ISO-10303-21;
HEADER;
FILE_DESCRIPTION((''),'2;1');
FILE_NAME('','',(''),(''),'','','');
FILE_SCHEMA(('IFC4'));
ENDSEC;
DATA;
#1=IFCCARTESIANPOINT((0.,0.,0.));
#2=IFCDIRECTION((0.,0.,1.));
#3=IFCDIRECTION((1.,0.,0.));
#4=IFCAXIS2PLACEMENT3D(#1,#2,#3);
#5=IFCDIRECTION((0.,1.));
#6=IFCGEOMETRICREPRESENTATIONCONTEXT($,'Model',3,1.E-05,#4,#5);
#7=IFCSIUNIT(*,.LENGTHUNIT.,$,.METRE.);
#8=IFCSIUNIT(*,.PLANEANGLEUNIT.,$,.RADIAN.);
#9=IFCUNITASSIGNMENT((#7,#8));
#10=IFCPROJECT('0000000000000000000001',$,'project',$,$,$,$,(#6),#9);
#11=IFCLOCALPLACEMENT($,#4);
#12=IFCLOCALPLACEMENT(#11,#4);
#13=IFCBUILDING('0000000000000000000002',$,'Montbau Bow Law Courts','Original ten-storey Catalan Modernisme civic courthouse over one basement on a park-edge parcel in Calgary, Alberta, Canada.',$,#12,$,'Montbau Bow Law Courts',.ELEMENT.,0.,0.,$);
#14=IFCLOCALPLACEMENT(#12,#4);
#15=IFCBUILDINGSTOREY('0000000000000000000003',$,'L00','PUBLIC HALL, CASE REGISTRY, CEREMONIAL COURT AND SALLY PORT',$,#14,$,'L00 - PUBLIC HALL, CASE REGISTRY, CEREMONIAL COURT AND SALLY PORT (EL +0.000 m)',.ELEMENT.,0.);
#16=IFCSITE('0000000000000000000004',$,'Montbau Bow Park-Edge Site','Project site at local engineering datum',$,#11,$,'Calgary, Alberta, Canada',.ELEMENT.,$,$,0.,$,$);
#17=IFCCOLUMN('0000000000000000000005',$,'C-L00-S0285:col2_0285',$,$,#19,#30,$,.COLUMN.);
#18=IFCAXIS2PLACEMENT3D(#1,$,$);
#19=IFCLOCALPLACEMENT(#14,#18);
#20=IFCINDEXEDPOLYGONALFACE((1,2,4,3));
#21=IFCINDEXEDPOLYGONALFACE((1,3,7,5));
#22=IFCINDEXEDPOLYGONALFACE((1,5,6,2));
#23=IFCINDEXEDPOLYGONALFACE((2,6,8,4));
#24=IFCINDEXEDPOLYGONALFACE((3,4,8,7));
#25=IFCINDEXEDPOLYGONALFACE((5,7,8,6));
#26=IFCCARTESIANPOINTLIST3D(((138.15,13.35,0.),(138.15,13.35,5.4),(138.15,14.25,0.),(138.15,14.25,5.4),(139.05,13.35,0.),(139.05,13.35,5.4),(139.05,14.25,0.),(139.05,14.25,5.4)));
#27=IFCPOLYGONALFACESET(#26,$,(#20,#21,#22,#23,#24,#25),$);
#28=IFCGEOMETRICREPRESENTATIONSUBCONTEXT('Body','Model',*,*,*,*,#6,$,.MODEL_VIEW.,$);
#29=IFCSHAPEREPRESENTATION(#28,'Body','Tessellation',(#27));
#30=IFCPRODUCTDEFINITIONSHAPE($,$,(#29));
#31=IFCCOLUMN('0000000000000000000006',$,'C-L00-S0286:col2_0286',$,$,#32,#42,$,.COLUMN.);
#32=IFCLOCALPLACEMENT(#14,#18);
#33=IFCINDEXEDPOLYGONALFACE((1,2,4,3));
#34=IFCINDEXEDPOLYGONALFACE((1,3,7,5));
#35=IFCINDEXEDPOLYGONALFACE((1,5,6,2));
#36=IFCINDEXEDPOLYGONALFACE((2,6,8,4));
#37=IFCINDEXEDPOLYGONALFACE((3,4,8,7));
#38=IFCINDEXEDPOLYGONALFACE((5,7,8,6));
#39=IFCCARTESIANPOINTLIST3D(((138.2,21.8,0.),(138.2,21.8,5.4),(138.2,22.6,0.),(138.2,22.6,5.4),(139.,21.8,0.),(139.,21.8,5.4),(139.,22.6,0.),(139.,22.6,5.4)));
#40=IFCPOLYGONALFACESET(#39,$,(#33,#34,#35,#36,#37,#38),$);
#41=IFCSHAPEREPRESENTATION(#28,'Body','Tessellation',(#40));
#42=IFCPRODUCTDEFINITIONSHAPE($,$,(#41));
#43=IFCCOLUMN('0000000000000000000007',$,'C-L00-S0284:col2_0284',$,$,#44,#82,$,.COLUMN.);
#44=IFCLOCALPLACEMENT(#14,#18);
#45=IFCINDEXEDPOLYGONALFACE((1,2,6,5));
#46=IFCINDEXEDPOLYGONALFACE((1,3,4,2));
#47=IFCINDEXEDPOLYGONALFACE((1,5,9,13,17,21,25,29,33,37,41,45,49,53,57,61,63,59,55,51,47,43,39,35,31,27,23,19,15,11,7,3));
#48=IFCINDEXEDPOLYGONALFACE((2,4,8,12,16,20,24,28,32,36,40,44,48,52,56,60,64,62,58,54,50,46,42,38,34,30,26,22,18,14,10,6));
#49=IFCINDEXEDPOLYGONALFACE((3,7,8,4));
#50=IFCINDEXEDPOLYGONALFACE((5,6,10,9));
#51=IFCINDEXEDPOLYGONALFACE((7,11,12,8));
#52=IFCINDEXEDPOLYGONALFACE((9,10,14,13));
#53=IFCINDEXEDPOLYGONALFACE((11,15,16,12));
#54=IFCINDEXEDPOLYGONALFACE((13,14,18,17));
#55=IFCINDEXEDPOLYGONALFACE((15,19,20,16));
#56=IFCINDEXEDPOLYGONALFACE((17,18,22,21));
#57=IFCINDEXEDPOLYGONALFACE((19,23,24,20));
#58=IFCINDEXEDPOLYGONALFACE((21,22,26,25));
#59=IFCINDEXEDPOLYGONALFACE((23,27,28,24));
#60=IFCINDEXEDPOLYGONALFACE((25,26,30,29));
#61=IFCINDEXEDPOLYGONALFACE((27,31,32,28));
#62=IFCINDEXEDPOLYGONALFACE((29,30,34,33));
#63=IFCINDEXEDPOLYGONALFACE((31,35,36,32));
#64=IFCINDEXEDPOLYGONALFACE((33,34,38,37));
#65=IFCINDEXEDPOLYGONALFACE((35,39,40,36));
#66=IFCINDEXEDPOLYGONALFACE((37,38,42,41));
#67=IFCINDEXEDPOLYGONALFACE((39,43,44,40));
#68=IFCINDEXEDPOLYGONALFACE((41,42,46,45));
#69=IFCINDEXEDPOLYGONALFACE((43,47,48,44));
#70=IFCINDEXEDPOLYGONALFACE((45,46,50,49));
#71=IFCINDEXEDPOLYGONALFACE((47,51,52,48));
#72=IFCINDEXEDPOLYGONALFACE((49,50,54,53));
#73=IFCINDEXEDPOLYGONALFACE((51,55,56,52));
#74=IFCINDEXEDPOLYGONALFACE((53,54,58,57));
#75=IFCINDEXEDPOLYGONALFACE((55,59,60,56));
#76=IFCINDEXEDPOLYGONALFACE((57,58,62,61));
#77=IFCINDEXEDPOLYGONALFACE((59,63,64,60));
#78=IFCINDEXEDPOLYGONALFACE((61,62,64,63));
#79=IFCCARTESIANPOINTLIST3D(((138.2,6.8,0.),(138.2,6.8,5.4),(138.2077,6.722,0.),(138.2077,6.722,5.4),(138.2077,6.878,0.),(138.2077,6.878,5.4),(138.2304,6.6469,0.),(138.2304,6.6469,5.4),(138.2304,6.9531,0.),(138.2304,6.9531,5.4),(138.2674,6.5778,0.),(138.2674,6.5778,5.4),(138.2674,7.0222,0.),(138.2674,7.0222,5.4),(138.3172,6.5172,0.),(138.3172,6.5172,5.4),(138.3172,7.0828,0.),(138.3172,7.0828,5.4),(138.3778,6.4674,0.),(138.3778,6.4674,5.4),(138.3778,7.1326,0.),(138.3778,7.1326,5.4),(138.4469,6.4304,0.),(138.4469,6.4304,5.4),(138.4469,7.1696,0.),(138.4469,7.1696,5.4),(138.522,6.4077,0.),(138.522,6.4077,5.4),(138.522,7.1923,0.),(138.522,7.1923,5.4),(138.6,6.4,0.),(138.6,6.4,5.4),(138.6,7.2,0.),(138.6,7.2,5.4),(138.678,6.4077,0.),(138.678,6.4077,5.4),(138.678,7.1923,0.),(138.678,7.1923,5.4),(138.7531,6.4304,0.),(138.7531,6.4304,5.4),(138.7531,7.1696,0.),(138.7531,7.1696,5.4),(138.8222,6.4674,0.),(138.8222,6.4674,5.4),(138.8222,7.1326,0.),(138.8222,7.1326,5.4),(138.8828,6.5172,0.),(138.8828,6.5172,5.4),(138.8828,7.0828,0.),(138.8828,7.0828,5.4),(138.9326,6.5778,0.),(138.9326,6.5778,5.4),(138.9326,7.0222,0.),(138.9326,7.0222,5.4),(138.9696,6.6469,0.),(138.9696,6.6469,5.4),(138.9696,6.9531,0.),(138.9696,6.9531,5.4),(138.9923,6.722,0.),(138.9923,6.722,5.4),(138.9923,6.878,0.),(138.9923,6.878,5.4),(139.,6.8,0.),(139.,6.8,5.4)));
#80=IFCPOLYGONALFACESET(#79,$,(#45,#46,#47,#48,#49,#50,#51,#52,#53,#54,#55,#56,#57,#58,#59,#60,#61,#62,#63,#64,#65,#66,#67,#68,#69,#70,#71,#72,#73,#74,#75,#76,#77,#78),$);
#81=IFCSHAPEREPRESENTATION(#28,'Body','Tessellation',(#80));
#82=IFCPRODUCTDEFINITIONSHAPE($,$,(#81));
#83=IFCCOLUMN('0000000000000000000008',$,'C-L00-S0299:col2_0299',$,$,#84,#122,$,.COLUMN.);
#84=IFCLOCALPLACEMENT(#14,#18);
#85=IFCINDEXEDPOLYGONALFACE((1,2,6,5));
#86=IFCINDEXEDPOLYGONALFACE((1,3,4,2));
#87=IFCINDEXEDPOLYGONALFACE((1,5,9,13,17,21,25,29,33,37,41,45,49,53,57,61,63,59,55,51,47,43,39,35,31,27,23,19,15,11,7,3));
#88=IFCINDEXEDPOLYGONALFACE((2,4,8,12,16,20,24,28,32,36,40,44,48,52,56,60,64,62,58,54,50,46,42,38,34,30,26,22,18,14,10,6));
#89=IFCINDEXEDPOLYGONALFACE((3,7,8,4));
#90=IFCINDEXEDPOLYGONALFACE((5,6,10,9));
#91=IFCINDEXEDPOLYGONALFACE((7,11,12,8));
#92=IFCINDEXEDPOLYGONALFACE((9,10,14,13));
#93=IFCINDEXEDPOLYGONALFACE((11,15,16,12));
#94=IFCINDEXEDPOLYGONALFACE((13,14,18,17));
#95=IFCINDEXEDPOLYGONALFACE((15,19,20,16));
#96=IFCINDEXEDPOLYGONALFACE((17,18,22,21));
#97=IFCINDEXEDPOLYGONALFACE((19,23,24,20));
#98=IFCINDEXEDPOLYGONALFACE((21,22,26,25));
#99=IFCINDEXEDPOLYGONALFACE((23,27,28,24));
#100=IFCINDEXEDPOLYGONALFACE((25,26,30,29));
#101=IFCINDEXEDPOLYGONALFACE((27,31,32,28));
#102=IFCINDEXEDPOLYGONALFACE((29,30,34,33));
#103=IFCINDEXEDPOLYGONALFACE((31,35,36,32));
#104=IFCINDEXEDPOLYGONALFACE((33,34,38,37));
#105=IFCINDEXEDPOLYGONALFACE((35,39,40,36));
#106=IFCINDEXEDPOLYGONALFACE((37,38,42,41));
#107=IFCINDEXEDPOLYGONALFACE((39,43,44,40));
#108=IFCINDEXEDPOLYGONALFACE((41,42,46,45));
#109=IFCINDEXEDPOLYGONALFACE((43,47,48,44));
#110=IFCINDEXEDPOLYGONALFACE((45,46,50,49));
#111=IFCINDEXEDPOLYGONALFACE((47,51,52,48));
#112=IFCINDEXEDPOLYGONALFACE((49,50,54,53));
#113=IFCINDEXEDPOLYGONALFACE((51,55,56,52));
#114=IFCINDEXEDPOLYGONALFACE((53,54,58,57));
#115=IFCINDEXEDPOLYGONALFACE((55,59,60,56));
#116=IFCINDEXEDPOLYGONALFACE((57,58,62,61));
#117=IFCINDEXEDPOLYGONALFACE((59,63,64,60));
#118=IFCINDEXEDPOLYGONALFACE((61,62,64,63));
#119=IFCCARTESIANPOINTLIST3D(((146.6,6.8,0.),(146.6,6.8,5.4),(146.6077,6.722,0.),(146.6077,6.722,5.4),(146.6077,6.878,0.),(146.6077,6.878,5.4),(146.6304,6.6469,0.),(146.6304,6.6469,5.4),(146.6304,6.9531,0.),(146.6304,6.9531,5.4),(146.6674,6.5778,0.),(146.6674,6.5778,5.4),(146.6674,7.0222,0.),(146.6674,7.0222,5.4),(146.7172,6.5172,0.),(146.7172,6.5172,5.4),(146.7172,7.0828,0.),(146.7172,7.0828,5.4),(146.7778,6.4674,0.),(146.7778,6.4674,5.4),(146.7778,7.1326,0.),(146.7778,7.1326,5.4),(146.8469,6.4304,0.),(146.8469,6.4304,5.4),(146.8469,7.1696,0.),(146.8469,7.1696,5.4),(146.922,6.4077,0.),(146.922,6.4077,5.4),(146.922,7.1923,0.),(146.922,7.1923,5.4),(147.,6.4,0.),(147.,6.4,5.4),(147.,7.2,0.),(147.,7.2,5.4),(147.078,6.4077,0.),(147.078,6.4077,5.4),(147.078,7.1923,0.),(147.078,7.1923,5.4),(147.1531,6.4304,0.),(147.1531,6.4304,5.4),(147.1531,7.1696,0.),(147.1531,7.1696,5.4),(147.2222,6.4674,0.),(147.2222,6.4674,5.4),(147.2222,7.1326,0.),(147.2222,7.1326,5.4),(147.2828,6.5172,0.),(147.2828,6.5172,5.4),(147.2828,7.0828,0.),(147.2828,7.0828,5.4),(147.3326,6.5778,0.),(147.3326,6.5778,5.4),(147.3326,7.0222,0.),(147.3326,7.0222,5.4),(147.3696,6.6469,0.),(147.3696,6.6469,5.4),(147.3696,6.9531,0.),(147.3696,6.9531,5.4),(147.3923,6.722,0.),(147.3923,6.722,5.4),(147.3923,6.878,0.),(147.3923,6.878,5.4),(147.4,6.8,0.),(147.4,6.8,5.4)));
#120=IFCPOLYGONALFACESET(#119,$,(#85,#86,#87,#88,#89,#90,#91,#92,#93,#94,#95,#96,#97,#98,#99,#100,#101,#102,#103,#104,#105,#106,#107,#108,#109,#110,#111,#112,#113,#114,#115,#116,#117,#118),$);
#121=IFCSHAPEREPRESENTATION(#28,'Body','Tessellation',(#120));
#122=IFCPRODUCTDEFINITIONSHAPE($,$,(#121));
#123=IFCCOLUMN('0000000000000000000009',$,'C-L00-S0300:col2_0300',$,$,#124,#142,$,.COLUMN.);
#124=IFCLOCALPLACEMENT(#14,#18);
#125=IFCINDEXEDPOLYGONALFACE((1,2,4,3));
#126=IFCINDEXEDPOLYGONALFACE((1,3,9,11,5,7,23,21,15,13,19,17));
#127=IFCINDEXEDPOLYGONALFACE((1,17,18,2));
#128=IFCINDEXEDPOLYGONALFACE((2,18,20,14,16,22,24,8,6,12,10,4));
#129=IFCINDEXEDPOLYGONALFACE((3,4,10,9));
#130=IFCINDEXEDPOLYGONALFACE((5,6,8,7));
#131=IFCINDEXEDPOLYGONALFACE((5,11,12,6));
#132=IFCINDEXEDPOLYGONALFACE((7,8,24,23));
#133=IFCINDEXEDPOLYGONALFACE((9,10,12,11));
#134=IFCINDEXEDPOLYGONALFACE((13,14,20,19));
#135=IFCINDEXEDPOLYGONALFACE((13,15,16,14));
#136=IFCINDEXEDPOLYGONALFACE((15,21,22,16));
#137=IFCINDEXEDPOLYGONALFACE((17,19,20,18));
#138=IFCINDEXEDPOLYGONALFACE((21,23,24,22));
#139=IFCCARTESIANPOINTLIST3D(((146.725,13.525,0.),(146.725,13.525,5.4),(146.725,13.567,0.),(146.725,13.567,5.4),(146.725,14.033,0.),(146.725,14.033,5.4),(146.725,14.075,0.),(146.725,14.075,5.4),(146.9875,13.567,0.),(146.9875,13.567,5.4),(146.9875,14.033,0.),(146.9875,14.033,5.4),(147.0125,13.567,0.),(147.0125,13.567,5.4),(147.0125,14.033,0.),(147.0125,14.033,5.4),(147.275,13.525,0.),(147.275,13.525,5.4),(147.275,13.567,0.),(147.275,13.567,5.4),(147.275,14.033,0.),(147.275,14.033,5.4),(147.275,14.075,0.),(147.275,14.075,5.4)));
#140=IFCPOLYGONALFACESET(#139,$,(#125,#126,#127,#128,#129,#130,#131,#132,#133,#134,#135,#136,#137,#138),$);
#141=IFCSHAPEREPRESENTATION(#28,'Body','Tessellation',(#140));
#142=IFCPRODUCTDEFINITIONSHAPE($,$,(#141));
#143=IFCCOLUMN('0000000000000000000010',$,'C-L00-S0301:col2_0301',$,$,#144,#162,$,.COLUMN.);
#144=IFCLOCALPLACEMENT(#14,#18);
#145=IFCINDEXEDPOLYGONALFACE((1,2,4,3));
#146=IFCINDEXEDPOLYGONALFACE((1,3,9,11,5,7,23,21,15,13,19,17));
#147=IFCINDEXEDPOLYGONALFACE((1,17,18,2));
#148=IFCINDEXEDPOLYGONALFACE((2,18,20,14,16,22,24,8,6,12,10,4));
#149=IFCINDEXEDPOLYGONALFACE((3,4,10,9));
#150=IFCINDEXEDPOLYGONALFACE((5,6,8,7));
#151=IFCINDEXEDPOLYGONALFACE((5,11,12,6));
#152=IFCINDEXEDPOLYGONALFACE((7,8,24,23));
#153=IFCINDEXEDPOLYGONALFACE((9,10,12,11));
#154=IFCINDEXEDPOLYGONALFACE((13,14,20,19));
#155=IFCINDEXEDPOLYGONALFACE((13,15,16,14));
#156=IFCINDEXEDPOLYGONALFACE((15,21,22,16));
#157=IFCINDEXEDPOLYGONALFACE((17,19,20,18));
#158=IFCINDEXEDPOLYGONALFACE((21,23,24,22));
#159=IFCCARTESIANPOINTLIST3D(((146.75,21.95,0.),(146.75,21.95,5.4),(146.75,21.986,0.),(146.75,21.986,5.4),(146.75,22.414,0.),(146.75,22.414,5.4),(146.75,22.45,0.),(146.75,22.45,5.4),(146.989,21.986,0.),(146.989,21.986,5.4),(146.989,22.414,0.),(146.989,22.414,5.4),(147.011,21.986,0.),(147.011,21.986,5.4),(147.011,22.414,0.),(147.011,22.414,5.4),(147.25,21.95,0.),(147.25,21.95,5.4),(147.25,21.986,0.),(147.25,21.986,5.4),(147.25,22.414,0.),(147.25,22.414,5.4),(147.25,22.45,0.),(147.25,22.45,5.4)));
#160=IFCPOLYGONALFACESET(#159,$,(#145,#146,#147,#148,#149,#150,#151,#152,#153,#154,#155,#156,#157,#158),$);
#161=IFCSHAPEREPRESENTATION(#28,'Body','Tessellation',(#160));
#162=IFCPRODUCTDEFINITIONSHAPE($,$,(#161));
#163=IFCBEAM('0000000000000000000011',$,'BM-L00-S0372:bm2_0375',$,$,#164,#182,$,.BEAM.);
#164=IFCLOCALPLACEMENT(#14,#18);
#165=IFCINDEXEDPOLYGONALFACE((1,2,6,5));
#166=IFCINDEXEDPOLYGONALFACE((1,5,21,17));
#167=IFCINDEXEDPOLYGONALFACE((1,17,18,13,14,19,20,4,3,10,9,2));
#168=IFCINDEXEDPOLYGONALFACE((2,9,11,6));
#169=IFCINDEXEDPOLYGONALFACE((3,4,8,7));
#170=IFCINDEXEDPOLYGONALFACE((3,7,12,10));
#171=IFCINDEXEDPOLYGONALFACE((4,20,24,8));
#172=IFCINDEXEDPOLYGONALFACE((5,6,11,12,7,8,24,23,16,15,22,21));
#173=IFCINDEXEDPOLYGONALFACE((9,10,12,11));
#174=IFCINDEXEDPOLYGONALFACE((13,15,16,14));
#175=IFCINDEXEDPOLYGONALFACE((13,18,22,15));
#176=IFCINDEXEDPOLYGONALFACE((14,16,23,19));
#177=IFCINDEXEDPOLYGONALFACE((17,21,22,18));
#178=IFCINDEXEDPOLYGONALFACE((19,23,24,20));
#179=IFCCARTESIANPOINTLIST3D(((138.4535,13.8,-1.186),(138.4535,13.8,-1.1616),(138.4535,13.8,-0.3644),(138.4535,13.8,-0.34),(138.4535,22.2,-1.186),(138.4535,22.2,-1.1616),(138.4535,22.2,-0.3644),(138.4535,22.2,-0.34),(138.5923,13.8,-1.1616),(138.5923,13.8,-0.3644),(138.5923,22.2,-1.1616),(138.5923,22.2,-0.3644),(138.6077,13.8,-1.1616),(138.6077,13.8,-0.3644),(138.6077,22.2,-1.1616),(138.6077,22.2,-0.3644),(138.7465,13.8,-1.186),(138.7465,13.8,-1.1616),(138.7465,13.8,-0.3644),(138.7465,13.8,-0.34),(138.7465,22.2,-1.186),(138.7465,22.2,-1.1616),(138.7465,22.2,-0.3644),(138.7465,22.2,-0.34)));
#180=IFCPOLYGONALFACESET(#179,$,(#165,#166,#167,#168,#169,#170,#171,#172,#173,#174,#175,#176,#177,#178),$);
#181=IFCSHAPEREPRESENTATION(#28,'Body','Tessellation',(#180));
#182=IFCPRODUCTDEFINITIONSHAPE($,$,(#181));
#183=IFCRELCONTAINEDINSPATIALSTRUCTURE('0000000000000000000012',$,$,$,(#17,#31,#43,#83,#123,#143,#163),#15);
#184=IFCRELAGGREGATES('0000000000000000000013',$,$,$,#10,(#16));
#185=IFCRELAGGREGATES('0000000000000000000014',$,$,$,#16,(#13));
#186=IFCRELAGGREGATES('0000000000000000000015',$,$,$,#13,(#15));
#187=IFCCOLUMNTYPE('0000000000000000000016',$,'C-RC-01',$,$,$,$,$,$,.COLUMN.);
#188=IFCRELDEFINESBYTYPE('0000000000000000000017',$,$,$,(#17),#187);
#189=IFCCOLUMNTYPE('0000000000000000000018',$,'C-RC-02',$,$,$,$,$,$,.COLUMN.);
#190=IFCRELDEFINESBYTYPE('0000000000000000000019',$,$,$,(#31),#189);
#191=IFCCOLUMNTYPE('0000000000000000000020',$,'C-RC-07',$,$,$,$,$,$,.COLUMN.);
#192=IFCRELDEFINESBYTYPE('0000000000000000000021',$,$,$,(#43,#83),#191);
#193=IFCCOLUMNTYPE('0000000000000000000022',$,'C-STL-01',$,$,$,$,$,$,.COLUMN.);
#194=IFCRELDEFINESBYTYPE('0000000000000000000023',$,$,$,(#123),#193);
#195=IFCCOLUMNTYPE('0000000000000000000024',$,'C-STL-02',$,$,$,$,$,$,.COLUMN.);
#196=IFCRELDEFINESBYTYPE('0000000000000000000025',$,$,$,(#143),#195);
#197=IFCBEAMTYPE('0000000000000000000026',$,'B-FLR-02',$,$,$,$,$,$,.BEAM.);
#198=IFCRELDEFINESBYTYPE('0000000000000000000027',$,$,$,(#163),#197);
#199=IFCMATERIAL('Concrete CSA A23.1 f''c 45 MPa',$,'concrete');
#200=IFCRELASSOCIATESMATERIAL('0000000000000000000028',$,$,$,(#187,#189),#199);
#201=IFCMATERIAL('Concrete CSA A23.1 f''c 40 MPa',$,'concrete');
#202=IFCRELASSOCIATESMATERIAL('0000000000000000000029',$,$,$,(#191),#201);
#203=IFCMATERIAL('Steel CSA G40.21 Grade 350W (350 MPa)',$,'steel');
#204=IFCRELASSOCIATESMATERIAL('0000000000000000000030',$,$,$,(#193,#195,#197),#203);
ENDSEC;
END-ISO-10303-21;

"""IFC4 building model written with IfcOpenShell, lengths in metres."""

from ifc_helpers import new_model, si_unit, direction, frame, origin_with_axes, origin_2d_with_axis, place, context, subcontext, project, spatial, rectangle, circle, i_section, extrude, material, material_profile, profile_set, type_object, element, save


model = new_model("IFC4")

# Units and contexts
model_context = context("Model", 3, precision=1e-05, world=origin_with_axes(), true_north=direction((0.0, 1.0)))
body_context = subcontext(model_context, "Body", "Model", "MODEL_VIEW")
ifc_project = project(units=[si_unit("LENGTHUNIT", "METRE"), si_unit("PLANEANGLEUNIT", "RADIAN")], contexts=[model_context])

# Site, building, storey
site_placement = place(None, origin_with_axes())
site = spatial("IfcSite", under=ifc_project, at=site_placement, Name="Montbau Bow Park-Edge Site", Description="Project site at local engineering datum", LongName="Calgary, Alberta, Canada", CompositionType="ELEMENT", RefElevation=0.0)
building_placement = place(site_placement, origin_with_axes())
building = spatial("IfcBuilding", under=site, at=building_placement, Name="Montbau Bow Law Courts", Description="Original ten-storey Catalan Modernisme civic courthouse over one basement on a park-edge parcel in Calgary, Alberta, Canada.", LongName="Montbau Bow Law Courts", CompositionType="ELEMENT", ElevationOfRefHeight=0.0, ElevationOfTerrain=0.0)
storey_placement = place(building_placement, origin_with_axes())
storey = spatial("IfcBuildingStorey", under=building, at=storey_placement, Name="L00", Description="PUBLIC HALL, CASE REGISTRY, CEREMONIAL COURT AND SALLY PORT", LongName="L00 - PUBLIC HALL, CASE REGISTRY, CEREMONIAL COURT AND SALLY PORT (EL +0.000 m)", CompositionType="ELEMENT", Elevation=0.0)

# Columns
ifc_material_1 = material(Name="Concrete CSA A23.1 f'c 45 MPa", Category="concrete")
ifc_material_profile_1 = material_profile(ifc_material_1, rectangle(XDim=0.9, YDim=0.9, at=origin_2d_with_axis()), Name="RC900X900", Category="Main", Priority=0)
ifc_profile_set_1 = profile_set([ifc_material_profile_1], Name="Concrete CSA A23.1 f'c 45 MPa")
column_type_1 = type_object("IfcColumnType", Name="C-RC-01", PredefinedType="COLUMN", material=ifc_profile_set_1)
column_1_placement = place(None, frame((138.6, 13.8, 0.0), z_axis=(0.0, 0.0, 1.0), x_axis=(1.0, 0.0, 0.0)))
element("IfcColumn", 1, at=column_1_placement, inside=storey, type_object=column_type_1, Name="C-L00-S0285:col2_0285", PredefinedType="COLUMN", context=body_context, shape_type="SweptSolid", body=[
    extrude(rectangle(XDim=0.9, YDim=0.9, at=origin_2d_with_axis()), origin_with_axes(), (0.0, 0.0, 1.0), 5.4),
])
ifc_material_profile_2 = material_profile(ifc_material_1, rectangle(XDim=0.8, YDim=0.8, at=origin_2d_with_axis()), Name="RC800X800", Category="Main", Priority=0)
ifc_profile_set_2 = profile_set([ifc_material_profile_2], Name="Concrete CSA A23.1 f'c 45 MPa")
column_type_2 = type_object("IfcColumnType", Name="C-RC-02", PredefinedType="COLUMN", material=ifc_profile_set_2)
column_2_placement = place(None, frame((138.6, 22.2, 0.0), z_axis=(0.0, 0.0, 1.0), x_axis=(1.0, 0.0, 0.0)))
element("IfcColumn", 2, at=column_2_placement, inside=storey, type_object=column_type_2, Name="C-L00-S0286:col2_0286", PredefinedType="COLUMN", context=body_context, shape_type="SweptSolid", body=[
    extrude(rectangle(XDim=0.8, YDim=0.8, at=origin_2d_with_axis()), origin_with_axes(), (0.0, 0.0, 1.0), 5.4),
])
ifc_material_2 = material(Name="Concrete CSA A23.1 f'c 40 MPa", Category="concrete")
ifc_material_profile_3 = material_profile(ifc_material_2, circle(Radius=0.4, at=origin_2d_with_axis()), Name="RC800D", Category="Main", Priority=0)
ifc_profile_set_3 = profile_set([ifc_material_profile_3], Name="Concrete CSA A23.1 f'c 40 MPa")
column_type_3 = type_object("IfcColumnType", Name="C-RC-07", PredefinedType="COLUMN", material=ifc_profile_set_3)
for number, where, z_axis, x_axis, name in (
    (3, (138.6, 6.8, 0.0), (0.0, 0.0, 1.0), (1.0, 0.0, 0.0), "C-L00-S0284:col2_0284"),
    (4, (147.0, 6.8, 0.0), (0.0, 0.0, 1.0), (1.0, 0.0, 0.0), "C-L00-S0299:col2_0299"),
):
    element("IfcColumn", number, at=place(None, frame(where, z_axis=z_axis, x_axis=x_axis)), inside=storey, type_object=column_type_3, Name=name, PredefinedType="COLUMN", context=body_context, shape_type="SweptSolid", body=[
        extrude(circle(Radius=0.4, at=origin_2d_with_axis()), origin_with_axes(), (0.0, 0.0, 1.0), 5.4),
    ])
ifc_material_3 = material(Name="Steel CSA G40.21 Grade 350W (350 MPa)", Category="steel")
ifc_material_profile_4 = material_profile(ifc_material_3, i_section(OverallWidth=0.55, OverallDepth=0.55, WebThickness=0.025, FlangeThickness=0.042, at=origin_2d_with_axis()), Name="WWF550X420", Category="Main", Priority=0)
ifc_profile_set_4 = profile_set([ifc_material_profile_4], Name="Steel CSA G40.21 Grade 350W (350 MPa)")
column_type_4 = type_object("IfcColumnType", Name="C-STL-01", PredefinedType="COLUMN", material=ifc_profile_set_4)
column_3_placement = place(None, frame((147.0, 13.8, 0.0), z_axis=(0.0, 0.0, 1.0), x_axis=(1.0, 0.0, 0.0)))
element("IfcColumn", 5, at=column_3_placement, inside=storey, type_object=column_type_4, Name="C-L00-S0300:col2_0300", PredefinedType="COLUMN", context=body_context, shape_type="SweptSolid", body=[
    extrude(i_section(OverallWidth=0.55, OverallDepth=0.55, WebThickness=0.025, FlangeThickness=0.042, at=origin_2d_with_axis()), origin_with_axes(), (0.0, 0.0, 1.0), 5.4),
])
ifc_material_profile_5 = material_profile(ifc_material_3, i_section(OverallWidth=0.5, OverallDepth=0.5, WebThickness=0.022, FlangeThickness=0.036, at=origin_2d_with_axis()), Name="WWF500X343", Category="Main", Priority=0)
ifc_profile_set_5 = profile_set([ifc_material_profile_5], Name="Steel CSA G40.21 Grade 350W (350 MPa)")
column_type_5 = type_object("IfcColumnType", Name="C-STL-02", PredefinedType="COLUMN", material=ifc_profile_set_5)
column_4_placement = place(None, frame((147.0, 22.2, 0.0), z_axis=(0.0, 0.0, 1.0), x_axis=(1.0, 0.0, 0.0)))
element("IfcColumn", 6, at=column_4_placement, inside=storey, type_object=column_type_5, Name="C-L00-S0301:col2_0301", PredefinedType="COLUMN", context=body_context, shape_type="SweptSolid", body=[
    extrude(i_section(OverallWidth=0.5, OverallDepth=0.5, WebThickness=0.022, FlangeThickness=0.036, at=origin_2d_with_axis()), origin_with_axes(), (0.0, 0.0, 1.0), 5.4),
])

# Beam
ifc_material_profile_6 = material_profile(ifc_material_3, i_section(OverallWidth=0.293, OverallDepth=0.846, WebThickness=0.0154, FlangeThickness=0.0244, at=origin_2d_with_axis()), Name="W840X210", Category="Main", Priority=0)
ifc_profile_set_6 = profile_set([ifc_material_profile_6], Name="Steel CSA G40.21 Grade 350W (350 MPa)")
beam_type_1 = type_object("IfcBeamType", Name="B-FLR-02", PredefinedType="BEAM", material=ifc_profile_set_6)
beam_1_placement = place(None, frame((138.6, 13.8, -0.763), z_axis=(0.0, 1.0, 0.0), x_axis=(-1.0, 0.0, 0.0)))
element("IfcBeam", 7, at=beam_1_placement, inside=storey, type_object=beam_type_1, Name="BM-L00-S0372:bm2_0375", PredefinedType="BEAM", context=body_context, shape_type="SweptSolid", body=[
    extrude(i_section(OverallWidth=0.293, OverallDepth=0.846, WebThickness=0.0154, FlangeThickness=0.0244, at=origin_2d_with_axis()), origin_with_axes(), (0.0, 0.0, 1.0), 8.4),
])

save(model, "model.ifc")
